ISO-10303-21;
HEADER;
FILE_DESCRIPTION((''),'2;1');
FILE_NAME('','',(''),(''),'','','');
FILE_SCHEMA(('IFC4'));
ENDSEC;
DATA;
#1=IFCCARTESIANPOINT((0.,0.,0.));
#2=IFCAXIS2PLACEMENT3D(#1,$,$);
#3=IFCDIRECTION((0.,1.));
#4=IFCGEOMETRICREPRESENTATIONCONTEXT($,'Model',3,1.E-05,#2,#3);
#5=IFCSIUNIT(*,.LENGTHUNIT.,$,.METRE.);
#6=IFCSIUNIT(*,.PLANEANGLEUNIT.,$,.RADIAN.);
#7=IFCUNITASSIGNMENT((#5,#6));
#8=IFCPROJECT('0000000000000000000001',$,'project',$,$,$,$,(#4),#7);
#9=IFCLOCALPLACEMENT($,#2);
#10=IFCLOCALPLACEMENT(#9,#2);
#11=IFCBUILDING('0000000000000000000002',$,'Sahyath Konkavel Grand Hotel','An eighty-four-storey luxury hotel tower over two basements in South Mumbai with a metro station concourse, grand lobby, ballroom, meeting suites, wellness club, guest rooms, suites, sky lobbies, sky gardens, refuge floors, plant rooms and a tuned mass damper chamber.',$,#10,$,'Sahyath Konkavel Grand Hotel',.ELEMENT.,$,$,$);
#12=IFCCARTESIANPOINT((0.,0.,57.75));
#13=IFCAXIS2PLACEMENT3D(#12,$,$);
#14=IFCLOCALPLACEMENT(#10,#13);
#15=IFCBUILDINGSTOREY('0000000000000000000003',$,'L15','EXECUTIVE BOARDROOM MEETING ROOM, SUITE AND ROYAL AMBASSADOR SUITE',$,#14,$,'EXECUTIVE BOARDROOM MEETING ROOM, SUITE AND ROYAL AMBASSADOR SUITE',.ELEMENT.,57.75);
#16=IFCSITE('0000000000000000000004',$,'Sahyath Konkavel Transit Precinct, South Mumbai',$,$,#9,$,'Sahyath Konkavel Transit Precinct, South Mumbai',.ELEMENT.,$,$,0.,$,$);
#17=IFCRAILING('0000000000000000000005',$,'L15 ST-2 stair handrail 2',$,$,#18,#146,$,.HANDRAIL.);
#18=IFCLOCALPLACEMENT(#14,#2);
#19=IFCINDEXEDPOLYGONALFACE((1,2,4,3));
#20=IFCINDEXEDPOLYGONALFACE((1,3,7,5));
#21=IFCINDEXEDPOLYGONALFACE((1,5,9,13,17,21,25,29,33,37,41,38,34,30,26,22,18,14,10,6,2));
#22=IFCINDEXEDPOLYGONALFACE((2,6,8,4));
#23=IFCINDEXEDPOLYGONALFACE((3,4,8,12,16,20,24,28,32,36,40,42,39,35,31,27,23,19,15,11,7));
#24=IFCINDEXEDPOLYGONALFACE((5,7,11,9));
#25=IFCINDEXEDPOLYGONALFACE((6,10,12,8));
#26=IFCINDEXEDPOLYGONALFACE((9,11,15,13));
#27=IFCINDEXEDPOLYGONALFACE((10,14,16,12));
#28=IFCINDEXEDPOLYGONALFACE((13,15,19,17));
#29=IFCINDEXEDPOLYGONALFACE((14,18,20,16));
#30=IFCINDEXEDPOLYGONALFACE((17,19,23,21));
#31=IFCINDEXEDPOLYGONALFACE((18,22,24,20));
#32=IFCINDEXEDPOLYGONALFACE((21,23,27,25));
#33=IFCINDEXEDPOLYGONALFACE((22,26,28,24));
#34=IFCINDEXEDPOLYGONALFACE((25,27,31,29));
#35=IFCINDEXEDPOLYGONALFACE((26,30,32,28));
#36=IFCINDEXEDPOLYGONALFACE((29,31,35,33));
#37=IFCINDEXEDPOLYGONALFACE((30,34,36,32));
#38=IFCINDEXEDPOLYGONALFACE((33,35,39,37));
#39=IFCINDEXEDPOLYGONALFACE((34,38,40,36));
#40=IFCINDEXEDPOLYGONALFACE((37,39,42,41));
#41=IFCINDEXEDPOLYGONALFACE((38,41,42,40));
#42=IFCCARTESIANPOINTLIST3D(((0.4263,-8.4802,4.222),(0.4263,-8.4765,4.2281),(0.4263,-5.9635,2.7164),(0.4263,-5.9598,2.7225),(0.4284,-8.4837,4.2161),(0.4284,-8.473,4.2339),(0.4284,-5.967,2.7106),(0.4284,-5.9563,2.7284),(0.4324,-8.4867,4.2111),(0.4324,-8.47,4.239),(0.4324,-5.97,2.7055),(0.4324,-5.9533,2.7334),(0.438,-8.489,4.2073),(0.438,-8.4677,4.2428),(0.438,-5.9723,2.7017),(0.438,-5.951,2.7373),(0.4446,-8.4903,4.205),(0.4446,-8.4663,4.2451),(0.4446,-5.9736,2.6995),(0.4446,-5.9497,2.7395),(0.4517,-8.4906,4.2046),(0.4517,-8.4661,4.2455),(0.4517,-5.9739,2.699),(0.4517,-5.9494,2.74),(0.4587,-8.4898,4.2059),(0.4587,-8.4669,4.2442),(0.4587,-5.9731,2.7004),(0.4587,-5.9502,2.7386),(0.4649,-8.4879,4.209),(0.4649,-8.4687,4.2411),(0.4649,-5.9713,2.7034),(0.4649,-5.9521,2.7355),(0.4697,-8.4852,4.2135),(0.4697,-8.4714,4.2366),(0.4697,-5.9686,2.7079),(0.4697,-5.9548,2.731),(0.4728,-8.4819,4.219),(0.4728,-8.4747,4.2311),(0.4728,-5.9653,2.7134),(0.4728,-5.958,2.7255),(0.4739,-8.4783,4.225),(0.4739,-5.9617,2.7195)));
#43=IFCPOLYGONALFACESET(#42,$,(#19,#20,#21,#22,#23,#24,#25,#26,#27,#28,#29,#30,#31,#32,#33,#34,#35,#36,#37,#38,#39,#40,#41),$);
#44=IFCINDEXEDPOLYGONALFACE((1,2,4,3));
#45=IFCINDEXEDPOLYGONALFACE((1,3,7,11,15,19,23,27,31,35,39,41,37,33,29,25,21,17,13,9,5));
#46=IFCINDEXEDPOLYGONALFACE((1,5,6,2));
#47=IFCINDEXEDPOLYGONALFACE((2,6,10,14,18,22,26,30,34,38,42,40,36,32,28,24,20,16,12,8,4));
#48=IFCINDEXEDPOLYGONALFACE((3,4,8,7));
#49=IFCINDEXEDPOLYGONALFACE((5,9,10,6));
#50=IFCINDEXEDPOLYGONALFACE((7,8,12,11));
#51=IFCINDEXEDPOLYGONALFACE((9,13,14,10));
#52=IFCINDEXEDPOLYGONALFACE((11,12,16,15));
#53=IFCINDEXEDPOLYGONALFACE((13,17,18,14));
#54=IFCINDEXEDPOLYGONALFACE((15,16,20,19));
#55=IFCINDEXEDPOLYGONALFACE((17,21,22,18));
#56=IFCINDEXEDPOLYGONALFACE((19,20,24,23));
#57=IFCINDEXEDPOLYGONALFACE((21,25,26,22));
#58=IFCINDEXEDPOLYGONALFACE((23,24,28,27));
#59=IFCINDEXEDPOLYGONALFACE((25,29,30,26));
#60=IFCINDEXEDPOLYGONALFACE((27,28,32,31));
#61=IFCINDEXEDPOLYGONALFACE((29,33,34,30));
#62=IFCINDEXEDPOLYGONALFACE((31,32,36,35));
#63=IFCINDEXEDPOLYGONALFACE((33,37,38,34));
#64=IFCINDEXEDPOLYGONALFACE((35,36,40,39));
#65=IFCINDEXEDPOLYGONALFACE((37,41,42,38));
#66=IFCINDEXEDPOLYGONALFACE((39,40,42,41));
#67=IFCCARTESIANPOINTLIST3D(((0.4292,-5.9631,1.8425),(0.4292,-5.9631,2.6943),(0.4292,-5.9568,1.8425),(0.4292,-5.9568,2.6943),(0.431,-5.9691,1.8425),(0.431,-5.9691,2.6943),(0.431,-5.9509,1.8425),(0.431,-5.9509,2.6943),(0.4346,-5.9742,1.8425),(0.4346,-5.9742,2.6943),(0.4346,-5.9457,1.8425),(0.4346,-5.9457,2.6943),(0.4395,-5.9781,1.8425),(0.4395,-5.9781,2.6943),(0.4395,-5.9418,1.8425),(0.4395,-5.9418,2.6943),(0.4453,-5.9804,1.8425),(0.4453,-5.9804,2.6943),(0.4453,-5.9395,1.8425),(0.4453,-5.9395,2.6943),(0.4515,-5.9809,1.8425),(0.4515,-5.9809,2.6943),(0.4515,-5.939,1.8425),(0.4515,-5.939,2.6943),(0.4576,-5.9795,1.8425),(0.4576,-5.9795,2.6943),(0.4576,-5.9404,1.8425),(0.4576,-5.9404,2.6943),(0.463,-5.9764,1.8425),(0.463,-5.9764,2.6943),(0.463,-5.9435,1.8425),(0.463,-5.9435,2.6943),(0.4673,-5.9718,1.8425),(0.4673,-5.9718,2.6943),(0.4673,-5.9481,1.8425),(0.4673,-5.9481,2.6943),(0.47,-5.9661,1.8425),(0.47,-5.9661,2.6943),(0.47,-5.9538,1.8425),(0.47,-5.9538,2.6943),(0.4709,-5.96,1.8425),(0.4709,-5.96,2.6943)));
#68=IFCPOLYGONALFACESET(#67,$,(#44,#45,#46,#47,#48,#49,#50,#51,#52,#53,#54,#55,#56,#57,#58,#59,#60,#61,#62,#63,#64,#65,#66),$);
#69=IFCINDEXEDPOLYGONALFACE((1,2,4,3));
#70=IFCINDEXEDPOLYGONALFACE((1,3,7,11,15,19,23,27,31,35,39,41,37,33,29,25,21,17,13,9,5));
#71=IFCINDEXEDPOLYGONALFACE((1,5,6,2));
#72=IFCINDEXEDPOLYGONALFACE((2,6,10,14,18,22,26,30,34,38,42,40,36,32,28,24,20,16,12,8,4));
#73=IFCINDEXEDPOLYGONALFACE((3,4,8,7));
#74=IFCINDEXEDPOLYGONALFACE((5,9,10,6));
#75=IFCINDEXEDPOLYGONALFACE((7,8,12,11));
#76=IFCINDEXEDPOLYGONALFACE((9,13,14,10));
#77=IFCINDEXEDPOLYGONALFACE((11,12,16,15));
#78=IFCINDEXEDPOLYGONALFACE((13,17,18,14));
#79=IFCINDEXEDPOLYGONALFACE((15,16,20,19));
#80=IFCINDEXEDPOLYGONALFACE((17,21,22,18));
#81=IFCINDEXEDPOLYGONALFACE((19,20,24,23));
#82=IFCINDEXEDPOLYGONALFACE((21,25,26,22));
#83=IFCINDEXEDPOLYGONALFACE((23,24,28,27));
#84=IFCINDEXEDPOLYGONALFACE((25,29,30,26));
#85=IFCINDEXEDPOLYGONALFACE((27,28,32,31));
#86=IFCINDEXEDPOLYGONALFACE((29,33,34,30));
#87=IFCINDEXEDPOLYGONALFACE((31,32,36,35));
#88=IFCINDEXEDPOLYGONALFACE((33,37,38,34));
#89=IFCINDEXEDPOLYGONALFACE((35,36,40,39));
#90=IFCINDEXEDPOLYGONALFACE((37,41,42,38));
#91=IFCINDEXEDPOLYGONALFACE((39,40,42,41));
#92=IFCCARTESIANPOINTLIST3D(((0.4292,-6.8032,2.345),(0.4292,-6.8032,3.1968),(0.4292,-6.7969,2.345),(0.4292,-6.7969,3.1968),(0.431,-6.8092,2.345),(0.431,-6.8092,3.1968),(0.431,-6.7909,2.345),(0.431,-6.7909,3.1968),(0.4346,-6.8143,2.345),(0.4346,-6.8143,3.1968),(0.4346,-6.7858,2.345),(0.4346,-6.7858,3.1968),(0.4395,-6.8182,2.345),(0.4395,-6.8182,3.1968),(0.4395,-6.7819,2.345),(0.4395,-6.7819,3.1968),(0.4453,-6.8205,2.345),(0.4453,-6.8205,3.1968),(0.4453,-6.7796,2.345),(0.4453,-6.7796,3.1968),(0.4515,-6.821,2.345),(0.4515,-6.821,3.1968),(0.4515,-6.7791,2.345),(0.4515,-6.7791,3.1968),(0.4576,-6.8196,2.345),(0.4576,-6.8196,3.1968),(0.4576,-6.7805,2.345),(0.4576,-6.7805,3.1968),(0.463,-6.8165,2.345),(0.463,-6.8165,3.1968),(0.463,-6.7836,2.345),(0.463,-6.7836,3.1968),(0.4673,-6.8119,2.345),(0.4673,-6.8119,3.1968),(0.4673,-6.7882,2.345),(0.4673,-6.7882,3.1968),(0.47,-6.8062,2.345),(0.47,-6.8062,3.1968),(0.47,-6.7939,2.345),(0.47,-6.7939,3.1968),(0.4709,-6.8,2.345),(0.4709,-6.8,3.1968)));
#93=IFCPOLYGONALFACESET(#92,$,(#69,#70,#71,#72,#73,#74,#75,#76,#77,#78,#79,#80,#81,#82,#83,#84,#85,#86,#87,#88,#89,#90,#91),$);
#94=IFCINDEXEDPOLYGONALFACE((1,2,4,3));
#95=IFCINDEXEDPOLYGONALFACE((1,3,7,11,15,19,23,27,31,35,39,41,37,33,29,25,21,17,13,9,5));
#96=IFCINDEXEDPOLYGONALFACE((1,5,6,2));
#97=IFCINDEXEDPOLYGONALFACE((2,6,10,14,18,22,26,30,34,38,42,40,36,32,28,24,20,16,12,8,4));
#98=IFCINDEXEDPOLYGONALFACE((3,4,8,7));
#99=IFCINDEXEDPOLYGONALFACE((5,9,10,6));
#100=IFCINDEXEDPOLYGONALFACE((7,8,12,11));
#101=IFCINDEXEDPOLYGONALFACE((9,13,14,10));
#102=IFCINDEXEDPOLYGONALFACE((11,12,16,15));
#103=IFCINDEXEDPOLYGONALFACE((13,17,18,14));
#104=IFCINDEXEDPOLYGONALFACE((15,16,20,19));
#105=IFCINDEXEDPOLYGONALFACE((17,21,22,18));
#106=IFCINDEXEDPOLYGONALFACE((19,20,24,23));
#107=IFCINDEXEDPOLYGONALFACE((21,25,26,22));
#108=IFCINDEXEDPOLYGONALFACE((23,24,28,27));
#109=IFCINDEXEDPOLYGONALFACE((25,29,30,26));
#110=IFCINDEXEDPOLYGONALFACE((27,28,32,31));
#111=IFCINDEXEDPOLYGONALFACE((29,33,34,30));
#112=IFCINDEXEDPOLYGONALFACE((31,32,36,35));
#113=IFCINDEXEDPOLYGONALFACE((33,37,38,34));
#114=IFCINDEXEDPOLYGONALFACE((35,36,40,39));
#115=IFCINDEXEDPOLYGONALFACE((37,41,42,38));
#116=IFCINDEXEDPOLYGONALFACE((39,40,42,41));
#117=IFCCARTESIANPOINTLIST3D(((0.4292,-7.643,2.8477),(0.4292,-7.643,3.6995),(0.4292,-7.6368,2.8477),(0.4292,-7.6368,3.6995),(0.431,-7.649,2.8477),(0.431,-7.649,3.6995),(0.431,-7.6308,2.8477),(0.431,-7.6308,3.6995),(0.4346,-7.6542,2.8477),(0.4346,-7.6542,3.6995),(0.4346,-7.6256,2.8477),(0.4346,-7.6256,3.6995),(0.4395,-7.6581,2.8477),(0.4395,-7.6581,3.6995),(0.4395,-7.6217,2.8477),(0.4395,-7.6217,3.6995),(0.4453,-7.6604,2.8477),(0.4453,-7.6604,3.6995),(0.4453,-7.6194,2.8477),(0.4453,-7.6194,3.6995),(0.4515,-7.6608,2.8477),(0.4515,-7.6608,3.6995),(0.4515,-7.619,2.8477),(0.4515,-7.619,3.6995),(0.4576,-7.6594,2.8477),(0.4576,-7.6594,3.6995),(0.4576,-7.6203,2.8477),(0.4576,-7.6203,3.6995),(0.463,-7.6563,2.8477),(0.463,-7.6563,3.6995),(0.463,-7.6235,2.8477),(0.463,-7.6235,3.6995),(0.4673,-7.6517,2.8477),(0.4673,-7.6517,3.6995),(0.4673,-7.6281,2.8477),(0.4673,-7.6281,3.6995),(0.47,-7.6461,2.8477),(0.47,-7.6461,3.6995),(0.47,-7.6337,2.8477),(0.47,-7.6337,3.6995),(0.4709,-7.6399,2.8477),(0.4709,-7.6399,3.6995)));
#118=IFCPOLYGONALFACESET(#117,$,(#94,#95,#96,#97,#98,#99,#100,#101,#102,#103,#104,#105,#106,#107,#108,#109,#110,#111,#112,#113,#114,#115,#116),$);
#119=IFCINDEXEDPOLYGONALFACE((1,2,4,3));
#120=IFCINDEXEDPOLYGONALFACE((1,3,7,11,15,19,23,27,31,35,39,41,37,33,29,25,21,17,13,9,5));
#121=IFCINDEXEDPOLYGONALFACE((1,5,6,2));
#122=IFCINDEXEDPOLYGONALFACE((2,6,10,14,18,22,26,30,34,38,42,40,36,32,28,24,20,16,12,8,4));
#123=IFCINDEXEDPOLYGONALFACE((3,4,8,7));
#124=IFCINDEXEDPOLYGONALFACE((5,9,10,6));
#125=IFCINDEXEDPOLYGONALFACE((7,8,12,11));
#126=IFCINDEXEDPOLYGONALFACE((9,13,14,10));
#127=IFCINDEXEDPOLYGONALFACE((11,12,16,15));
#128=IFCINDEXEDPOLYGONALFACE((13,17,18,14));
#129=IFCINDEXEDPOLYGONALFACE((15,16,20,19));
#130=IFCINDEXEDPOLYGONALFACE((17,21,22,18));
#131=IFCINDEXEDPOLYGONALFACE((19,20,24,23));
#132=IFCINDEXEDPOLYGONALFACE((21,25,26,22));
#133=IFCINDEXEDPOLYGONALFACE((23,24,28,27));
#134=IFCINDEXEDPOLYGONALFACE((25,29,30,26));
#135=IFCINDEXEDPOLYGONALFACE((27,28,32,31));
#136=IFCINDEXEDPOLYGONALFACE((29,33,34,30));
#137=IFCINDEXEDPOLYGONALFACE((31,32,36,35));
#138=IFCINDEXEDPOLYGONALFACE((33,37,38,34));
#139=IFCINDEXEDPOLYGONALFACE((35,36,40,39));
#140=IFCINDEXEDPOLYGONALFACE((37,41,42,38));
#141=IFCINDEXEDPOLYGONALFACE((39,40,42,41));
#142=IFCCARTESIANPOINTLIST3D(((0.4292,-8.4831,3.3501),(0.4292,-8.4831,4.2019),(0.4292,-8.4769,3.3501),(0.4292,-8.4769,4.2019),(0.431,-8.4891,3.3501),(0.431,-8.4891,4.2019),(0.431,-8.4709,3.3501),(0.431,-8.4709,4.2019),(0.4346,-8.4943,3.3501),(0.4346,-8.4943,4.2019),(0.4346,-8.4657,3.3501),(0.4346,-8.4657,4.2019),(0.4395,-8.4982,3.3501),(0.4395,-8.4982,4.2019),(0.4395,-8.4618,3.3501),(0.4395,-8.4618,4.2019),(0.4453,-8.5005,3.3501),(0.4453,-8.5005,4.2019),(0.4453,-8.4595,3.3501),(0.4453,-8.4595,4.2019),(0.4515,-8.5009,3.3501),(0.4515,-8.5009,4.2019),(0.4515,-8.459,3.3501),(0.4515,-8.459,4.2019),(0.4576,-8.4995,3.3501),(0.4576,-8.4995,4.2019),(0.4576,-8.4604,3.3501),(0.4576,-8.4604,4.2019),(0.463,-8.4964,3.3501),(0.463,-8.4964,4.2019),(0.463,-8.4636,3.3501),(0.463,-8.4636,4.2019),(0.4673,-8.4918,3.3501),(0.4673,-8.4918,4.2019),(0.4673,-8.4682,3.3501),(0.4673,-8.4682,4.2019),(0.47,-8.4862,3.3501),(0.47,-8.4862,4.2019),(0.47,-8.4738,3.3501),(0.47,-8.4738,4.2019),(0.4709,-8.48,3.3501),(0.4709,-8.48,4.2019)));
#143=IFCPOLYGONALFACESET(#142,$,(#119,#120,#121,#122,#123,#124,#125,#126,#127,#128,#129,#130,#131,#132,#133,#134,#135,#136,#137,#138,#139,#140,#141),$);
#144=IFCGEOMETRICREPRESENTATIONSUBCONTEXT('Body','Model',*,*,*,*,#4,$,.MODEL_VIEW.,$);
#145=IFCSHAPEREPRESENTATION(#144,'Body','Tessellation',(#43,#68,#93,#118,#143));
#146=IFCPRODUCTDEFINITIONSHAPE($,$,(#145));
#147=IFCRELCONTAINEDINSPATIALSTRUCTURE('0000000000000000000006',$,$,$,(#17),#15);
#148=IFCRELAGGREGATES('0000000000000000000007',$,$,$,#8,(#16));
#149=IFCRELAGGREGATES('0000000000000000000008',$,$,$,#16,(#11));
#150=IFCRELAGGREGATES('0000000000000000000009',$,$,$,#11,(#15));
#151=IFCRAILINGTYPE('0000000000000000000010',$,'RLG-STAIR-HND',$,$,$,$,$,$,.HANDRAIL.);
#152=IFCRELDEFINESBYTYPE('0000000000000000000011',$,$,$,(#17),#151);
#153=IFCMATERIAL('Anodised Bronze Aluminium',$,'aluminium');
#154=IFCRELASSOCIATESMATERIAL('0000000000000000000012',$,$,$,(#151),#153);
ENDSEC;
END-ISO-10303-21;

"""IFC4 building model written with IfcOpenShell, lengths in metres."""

from ifc_helpers import new_model, si_unit, direction, frame, origin, origin_2d, place, context, subcontext, project, spatial, circle, extrude, material, type_object, element, save


model = new_model("IFC4")

# Units and contexts
model_context = context("Model", 3, precision=1e-05, world=origin(), true_north=direction((0.0, 1.0)))
body_context = subcontext(model_context, "Body", "Model", "MODEL_VIEW")
ifc_project = project(units=[si_unit("LENGTHUNIT", "METRE"), si_unit("PLANEANGLEUNIT", "RADIAN")], contexts=[model_context])

# Site, building, storey
site_placement = place(None, origin())
site = spatial("IfcSite", under=ifc_project, at=site_placement, Name="Sahyath Konkavel Transit Precinct, South Mumbai", LongName="Sahyath Konkavel Transit Precinct, South Mumbai", CompositionType="ELEMENT", RefElevation=0.0)
building_placement = place(site_placement, origin())
building = spatial("IfcBuilding", under=site, at=building_placement, Name="Sahyath Konkavel Grand Hotel", Description="An eighty-four-storey luxury hotel tower over two basements in South Mumbai with a metro station concourse, grand lobby, ballroom, meeting suites, wellness club, guest rooms, suites, sky lobbies, sky gardens, refuge floors, plant rooms and a tuned mass damper chamber.", LongName="Sahyath Konkavel Grand Hotel", CompositionType="ELEMENT")
storey_placement = place(building_placement, frame((0.0, 0.0, 57.75)))
storey = spatial("IfcBuildingStorey", under=building, at=storey_placement, Name="L15", Description="EXECUTIVE BOARDROOM MEETING ROOM, SUITE AND ROYAL AMBASSADOR SUITE", LongName="EXECUTIVE BOARDROOM MEETING ROOM, SUITE AND ROYAL AMBASSADOR SUITE", CompositionType="ELEMENT", Elevation=57.75)

# Railing
ifc_material_1 = material(Name="Anodised Bronze Aluminium", Category="aluminium")
railing_type_1 = type_object("IfcRailingType", Name="RLG-STAIR-HND", PredefinedType="HANDRAIL", material=ifc_material_1)
railing_1_placement = place(storey_placement, frame((0.45, -5.96, 1.8425)))
element("IfcRailing", 1, at=railing_1_placement, inside=storey, type_object=railing_type_1, Name="L15 ST-2 stair handrail 2", PredefinedType="HANDRAIL", context=body_context, shape_type="SweptSolid", body=[
    extrude(circle(Radius=0.0239, at=origin_2d()), frame((0.0, -0.0017, 0.877), z_axis=(0.0, -0.85816, 0.513383), x_axis=(1.0, 0.0, 0.0)), (0.0, 0.0, 1.0), 2.9326),
    extrude(circle(Radius=0.021, at=origin_2d()), origin(), (0.0, 0.0, 1.0), 0.8518),
    extrude(circle(Radius=0.021, at=origin_2d()), frame((0.0, -0.8401, 0.5024)), (0.0, 0.0, 1.0), 0.8518),
    extrude(circle(Radius=0.021, at=origin_2d()), frame((0.0, -1.6799, 1.0051)), (0.0, 0.0, 1.0), 0.8518),
    extrude(circle(Radius=0.021, at=origin_2d()), frame((0.0, -2.52, 1.5076)), (0.0, 0.0, 1.0), 0.8518),
])

save(model, "model.ifc")
